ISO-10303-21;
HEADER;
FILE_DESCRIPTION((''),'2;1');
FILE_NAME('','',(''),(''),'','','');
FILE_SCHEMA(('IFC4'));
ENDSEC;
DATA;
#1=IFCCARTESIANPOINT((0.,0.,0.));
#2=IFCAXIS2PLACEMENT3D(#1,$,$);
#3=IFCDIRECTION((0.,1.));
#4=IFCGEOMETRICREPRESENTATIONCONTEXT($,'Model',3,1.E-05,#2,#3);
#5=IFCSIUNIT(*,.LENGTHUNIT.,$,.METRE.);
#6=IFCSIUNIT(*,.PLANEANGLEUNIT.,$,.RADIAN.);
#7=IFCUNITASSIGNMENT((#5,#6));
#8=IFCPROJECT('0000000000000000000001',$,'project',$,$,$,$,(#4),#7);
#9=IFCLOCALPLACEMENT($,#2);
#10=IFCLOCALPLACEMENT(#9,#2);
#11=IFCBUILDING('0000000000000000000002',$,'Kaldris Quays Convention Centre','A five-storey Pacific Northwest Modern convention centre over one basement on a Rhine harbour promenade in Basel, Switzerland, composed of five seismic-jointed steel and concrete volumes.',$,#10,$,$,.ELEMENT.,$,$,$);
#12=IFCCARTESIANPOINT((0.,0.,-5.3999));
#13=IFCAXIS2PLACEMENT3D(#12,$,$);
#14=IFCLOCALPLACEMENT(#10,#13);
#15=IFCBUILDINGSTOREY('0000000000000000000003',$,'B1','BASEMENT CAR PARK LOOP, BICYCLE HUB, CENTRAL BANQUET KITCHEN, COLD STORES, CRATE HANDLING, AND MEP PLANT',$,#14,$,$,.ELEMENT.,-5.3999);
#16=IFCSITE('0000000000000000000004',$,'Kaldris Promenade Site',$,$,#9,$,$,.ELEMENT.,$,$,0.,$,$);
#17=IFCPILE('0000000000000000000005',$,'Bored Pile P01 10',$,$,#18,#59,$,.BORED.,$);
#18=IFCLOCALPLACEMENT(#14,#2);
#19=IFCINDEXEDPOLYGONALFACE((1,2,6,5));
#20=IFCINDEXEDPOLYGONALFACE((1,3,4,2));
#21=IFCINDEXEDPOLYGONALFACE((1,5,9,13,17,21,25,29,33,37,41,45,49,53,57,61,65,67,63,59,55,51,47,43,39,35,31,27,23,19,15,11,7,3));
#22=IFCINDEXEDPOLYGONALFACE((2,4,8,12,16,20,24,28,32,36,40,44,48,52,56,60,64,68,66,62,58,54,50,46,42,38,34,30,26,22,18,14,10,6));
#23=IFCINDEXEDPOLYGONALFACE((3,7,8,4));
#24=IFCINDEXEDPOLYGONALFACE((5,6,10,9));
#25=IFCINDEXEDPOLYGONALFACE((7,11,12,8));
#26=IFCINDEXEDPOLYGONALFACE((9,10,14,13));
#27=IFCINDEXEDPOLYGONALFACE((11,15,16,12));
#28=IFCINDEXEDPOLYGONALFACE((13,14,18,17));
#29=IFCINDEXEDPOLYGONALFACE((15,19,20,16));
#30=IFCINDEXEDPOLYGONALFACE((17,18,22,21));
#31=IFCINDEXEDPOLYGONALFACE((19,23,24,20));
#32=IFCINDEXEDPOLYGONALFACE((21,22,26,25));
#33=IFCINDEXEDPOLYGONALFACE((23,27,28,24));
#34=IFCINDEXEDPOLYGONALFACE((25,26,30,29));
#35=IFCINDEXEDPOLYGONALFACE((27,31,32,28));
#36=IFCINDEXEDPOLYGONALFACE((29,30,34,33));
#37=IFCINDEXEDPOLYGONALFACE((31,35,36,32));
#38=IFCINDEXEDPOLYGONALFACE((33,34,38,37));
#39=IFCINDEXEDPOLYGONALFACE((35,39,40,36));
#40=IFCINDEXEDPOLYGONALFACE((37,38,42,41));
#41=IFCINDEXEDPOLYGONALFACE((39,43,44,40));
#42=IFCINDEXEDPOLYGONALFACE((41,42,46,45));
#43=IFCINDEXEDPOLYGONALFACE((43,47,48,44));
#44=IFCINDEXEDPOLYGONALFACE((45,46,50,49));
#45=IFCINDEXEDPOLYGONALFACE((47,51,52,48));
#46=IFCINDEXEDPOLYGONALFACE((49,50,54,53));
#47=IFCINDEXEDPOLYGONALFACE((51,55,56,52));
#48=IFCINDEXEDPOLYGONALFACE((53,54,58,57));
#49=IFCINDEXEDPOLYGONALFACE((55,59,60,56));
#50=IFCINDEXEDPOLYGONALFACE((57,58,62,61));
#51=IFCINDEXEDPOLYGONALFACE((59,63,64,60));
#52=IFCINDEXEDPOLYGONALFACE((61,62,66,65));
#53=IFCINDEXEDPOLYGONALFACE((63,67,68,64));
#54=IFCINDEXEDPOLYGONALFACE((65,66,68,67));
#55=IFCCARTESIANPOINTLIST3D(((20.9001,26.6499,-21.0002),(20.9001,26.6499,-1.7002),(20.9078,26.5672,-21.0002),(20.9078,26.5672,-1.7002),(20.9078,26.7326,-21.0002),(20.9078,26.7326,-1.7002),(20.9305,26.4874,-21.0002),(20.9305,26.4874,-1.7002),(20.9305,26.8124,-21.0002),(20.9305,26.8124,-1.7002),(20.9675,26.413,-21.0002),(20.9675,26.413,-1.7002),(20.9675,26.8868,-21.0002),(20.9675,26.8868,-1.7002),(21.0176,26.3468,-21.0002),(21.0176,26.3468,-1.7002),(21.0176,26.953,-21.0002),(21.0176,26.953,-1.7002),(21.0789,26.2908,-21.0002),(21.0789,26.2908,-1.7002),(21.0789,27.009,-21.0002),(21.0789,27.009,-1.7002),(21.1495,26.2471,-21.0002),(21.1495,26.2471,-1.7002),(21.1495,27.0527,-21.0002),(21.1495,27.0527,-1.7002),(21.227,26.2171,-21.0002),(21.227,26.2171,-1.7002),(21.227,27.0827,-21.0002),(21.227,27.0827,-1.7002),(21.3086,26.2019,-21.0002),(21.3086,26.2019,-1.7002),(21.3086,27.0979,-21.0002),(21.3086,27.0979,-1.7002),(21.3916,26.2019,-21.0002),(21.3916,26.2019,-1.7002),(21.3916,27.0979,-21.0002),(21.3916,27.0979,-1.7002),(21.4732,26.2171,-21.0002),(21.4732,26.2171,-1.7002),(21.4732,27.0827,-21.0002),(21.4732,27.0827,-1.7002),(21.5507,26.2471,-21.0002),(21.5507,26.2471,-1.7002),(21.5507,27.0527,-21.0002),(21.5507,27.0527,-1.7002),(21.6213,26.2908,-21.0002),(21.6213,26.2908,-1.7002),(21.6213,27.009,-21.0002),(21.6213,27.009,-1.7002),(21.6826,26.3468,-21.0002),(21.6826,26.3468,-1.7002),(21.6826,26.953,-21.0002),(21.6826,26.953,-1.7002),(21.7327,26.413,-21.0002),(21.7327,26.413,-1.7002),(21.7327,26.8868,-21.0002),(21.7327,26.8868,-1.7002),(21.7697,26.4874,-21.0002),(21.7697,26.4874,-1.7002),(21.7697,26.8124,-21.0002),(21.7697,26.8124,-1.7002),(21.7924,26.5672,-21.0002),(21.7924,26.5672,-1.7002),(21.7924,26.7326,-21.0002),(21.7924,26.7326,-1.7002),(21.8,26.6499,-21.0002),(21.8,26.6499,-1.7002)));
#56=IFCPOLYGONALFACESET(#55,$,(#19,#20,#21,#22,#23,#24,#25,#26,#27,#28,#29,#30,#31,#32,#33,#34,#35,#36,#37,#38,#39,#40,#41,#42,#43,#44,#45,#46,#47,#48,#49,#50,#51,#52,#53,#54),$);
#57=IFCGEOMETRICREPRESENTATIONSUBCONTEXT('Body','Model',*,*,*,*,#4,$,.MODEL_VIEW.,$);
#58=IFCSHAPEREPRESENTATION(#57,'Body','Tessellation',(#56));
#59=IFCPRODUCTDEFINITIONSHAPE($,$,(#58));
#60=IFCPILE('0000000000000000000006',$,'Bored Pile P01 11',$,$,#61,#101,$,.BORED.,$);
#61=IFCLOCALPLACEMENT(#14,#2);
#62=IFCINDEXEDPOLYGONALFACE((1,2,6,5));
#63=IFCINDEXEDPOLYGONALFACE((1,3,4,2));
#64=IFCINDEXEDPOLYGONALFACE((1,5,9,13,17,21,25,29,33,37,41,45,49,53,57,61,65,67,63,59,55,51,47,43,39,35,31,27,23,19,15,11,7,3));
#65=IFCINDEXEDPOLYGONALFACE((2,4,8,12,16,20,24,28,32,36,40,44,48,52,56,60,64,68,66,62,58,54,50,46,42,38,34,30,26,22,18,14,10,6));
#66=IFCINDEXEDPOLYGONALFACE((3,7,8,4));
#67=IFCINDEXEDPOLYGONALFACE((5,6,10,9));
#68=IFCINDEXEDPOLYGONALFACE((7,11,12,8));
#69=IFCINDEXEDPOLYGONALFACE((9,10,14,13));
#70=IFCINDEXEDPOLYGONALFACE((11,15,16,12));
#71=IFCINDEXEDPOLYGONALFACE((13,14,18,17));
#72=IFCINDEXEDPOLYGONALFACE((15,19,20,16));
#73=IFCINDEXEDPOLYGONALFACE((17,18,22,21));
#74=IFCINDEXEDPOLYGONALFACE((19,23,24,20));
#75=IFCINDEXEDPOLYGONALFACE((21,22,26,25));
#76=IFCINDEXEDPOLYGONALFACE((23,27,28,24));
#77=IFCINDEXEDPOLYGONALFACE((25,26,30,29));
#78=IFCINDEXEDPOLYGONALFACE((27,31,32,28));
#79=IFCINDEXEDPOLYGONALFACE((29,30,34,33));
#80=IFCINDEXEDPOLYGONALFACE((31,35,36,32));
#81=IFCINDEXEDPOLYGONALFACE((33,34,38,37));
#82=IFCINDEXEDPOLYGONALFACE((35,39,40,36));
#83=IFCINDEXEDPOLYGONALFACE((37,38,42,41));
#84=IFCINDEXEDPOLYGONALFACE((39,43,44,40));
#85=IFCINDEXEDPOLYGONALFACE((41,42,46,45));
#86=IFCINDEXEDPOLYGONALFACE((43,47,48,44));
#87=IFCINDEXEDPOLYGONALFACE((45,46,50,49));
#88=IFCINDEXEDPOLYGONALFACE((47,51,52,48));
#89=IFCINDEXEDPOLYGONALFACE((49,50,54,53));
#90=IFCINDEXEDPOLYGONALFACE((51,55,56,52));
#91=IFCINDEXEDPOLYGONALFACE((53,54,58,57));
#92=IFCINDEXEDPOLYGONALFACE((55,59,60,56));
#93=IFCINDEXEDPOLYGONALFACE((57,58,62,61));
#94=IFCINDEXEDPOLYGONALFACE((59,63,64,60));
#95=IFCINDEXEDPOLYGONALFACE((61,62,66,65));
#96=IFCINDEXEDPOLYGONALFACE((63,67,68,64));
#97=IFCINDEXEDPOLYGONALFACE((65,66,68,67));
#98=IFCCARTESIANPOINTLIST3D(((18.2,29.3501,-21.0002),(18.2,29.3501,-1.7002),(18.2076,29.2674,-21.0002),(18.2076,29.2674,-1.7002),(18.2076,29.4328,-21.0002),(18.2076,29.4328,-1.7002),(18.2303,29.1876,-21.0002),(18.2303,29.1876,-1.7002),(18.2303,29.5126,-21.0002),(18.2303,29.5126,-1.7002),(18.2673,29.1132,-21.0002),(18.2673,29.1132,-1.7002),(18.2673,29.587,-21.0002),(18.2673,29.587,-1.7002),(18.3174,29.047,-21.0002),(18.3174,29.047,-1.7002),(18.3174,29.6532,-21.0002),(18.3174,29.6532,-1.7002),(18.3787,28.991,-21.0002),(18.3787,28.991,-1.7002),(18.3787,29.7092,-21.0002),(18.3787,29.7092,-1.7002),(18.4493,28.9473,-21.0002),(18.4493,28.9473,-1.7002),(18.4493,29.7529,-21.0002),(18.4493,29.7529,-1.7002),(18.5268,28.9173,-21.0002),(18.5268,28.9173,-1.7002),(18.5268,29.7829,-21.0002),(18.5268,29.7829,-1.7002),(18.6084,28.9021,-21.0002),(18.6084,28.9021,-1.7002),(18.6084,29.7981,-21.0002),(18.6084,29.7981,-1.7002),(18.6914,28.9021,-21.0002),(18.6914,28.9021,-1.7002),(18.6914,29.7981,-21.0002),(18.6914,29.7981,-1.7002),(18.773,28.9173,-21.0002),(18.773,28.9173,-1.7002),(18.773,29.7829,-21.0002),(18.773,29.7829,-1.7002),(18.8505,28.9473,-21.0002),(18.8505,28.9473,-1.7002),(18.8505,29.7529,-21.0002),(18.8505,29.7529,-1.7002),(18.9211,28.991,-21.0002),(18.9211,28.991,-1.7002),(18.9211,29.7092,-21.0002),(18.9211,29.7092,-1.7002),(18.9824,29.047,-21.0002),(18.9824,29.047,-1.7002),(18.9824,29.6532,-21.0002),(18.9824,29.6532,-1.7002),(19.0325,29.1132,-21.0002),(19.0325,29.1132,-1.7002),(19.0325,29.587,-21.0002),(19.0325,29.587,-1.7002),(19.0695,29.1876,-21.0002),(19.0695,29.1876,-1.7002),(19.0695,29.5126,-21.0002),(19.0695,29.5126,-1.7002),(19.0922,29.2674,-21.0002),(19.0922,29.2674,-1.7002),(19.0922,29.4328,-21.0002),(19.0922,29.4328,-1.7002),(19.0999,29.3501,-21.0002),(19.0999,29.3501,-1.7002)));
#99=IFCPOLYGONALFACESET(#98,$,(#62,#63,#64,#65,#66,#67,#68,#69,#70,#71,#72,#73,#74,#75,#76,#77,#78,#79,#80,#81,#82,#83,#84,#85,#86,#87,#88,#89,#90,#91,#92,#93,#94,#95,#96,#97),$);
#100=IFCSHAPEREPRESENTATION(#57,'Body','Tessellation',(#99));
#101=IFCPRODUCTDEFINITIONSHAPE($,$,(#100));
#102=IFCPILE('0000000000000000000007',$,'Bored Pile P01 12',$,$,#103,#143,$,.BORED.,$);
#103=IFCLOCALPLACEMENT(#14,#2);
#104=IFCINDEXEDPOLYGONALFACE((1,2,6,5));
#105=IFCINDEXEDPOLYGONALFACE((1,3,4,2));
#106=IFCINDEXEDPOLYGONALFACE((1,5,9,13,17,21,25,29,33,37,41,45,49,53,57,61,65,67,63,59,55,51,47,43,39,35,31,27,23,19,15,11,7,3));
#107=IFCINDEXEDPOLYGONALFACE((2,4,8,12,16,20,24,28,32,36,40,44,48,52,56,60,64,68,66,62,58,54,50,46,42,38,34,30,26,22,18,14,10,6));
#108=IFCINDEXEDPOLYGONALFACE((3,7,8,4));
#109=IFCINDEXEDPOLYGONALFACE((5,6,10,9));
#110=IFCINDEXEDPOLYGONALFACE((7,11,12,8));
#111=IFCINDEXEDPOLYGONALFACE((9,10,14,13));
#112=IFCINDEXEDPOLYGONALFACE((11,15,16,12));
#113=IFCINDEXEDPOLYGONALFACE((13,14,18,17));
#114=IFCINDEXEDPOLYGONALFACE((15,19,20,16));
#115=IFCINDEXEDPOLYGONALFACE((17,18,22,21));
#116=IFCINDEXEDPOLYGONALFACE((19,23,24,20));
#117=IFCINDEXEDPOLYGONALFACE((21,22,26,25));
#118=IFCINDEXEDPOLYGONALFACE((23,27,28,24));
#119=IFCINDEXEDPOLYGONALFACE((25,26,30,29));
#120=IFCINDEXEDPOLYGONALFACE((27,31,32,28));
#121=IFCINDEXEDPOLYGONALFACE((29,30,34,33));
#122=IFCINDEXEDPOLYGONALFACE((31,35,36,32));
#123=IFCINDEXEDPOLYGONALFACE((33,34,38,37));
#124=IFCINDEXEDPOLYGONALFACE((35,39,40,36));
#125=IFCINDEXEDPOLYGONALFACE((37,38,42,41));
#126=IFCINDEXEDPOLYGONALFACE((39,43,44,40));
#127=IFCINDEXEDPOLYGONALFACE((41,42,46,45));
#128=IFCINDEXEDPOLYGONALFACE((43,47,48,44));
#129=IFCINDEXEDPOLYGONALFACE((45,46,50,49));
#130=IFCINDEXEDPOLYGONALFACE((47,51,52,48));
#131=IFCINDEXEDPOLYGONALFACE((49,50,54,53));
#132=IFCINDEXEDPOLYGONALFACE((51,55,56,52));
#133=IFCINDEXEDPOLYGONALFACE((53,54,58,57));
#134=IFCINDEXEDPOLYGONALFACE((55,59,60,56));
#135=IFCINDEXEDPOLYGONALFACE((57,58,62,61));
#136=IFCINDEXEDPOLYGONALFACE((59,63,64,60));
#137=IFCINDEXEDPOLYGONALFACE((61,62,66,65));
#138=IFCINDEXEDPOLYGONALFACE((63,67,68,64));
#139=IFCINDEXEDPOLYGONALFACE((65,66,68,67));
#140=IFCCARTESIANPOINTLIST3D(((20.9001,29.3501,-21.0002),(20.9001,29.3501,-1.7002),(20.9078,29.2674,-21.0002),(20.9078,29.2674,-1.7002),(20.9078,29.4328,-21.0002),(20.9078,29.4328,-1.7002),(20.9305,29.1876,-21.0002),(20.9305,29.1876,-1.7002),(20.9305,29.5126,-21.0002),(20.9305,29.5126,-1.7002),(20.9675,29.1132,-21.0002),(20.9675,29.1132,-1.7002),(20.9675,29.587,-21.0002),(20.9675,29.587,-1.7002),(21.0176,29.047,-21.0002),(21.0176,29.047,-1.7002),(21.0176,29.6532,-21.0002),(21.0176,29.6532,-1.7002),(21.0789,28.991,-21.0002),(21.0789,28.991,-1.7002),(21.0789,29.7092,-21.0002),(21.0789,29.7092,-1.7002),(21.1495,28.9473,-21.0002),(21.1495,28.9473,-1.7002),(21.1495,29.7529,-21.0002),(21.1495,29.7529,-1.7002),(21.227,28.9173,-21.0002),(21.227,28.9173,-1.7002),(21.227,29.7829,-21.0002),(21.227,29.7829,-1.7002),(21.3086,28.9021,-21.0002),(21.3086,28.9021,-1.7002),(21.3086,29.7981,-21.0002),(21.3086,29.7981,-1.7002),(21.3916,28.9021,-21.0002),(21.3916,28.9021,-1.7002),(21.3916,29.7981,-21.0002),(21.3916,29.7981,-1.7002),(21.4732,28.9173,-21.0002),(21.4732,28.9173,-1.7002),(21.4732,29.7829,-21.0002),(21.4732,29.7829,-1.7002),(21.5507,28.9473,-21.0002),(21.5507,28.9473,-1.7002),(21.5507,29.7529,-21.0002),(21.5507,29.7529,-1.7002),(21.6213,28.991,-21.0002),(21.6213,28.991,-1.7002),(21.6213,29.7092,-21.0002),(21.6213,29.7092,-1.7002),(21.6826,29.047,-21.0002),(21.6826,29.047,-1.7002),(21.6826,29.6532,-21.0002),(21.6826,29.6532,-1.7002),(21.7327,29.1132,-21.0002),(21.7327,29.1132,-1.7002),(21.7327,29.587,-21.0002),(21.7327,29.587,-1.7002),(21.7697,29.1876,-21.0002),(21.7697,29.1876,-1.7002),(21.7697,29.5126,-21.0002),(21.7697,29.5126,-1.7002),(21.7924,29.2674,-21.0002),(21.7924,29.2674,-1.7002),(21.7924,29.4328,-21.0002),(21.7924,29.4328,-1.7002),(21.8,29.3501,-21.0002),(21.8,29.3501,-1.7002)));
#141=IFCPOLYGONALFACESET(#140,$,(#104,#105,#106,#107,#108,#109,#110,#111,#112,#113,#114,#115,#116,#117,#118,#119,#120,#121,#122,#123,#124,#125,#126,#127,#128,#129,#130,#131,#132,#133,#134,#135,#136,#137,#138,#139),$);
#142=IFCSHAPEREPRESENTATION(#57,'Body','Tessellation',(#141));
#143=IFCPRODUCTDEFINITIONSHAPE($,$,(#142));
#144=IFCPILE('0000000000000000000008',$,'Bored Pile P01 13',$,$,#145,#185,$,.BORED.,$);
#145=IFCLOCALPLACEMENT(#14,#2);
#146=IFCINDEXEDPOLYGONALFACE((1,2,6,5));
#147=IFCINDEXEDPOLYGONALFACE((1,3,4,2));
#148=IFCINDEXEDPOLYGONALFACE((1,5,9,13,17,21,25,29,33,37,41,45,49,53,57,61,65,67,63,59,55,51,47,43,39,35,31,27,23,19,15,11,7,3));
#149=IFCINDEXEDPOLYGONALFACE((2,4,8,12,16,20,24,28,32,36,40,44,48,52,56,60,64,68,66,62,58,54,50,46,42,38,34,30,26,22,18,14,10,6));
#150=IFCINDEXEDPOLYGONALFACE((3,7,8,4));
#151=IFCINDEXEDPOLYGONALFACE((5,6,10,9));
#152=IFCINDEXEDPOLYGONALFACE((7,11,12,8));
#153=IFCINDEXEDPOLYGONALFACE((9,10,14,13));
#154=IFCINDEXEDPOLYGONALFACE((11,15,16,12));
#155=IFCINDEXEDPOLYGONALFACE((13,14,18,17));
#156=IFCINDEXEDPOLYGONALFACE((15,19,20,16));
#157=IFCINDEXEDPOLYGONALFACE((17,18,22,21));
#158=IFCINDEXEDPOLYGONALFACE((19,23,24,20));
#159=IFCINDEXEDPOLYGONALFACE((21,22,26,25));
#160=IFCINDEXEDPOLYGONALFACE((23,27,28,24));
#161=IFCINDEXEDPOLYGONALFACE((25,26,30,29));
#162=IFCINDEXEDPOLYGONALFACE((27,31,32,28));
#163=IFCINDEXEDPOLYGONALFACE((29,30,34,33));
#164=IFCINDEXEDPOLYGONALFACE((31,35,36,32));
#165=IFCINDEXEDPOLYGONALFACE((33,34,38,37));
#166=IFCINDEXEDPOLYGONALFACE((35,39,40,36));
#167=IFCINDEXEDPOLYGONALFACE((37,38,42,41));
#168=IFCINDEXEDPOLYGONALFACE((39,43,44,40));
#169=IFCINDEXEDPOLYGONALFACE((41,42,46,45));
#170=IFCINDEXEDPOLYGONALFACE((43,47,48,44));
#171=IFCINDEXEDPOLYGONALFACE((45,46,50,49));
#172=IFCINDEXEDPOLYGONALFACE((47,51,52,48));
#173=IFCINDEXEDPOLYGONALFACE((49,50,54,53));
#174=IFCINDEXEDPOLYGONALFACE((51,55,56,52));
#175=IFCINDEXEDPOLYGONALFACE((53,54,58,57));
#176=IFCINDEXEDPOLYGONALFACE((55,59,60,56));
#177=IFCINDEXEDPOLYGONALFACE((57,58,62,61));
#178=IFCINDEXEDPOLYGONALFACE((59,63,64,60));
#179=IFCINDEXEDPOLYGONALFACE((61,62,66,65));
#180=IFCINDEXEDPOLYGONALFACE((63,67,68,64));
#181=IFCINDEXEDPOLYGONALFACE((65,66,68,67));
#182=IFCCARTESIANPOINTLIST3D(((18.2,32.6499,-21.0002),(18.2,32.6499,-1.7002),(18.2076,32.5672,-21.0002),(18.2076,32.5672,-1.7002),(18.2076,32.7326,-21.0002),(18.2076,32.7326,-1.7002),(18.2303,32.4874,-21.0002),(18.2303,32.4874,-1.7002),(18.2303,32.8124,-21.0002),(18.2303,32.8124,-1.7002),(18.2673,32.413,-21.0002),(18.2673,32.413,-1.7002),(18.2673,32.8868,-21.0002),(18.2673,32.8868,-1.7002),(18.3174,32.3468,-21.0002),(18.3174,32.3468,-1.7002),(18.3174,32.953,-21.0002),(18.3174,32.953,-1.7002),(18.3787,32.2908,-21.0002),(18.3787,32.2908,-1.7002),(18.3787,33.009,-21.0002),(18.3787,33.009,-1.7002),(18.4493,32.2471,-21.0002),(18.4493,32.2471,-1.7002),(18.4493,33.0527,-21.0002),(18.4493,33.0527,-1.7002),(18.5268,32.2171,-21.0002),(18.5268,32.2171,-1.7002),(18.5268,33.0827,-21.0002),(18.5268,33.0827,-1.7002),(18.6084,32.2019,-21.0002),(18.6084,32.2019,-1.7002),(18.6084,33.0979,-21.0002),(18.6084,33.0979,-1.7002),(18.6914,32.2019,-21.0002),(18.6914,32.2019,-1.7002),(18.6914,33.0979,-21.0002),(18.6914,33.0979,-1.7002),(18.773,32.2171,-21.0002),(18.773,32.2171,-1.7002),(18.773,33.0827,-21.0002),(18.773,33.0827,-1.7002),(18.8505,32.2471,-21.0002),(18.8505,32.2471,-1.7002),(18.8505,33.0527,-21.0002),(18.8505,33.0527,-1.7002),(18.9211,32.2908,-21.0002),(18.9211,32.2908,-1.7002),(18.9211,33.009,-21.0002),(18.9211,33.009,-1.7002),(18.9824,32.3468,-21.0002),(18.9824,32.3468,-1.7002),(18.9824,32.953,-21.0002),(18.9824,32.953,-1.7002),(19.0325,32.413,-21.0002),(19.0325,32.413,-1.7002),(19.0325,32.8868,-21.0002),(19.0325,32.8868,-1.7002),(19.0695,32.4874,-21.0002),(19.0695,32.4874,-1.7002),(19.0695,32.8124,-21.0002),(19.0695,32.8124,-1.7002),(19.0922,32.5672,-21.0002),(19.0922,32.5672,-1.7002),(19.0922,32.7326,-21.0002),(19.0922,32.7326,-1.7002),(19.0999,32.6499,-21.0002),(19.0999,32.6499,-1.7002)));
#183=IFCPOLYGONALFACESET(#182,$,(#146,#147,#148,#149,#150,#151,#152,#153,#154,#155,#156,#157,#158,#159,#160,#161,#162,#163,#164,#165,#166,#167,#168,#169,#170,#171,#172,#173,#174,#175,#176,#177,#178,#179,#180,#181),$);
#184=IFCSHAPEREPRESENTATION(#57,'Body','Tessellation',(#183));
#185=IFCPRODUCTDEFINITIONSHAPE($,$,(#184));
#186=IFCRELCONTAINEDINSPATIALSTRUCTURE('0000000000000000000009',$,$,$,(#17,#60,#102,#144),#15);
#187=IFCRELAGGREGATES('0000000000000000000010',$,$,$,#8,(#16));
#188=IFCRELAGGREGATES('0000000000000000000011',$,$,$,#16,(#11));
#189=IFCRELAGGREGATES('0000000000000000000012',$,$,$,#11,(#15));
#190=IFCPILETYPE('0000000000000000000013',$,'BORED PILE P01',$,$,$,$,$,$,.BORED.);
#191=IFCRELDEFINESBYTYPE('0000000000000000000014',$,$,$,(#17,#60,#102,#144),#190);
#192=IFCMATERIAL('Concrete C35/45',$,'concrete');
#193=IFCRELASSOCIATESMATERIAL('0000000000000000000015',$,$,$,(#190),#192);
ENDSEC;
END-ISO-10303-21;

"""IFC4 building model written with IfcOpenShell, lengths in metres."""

from ifc_helpers import new_model, si_unit, direction, frame, origin, origin_2d, place, context, subcontext, project, spatial, circle, extrude, material, material_profile, profile_set, type_object, element, save


model = new_model("IFC4")

# Units and contexts
model_context = context("Model", 3, precision=1e-05, world=origin(), true_north=direction((0.0, 1.0)))
body_context = subcontext(model_context, "Body", "Model", "MODEL_VIEW")
ifc_project = project(units=[si_unit("LENGTHUNIT", "METRE"), si_unit("PLANEANGLEUNIT", "RADIAN")], contexts=[model_context])

# Site, building, storey
site_placement = place(None, origin())
site = spatial("IfcSite", under=ifc_project, at=site_placement, Name="Kaldris Promenade Site", CompositionType="ELEMENT", RefElevation=0.0)
building_placement = place(site_placement, origin())
building = spatial("IfcBuilding", under=site, at=building_placement, Name="Kaldris Quays Convention Centre", Description="A five-storey Pacific Northwest Modern convention centre over one basement on a Rhine harbour promenade in Basel, Switzerland, composed of five seismic-jointed steel and concrete volumes.", CompositionType="ELEMENT")
storey_placement = place(building_placement, frame((0.0, 0.0, -5.3999)))
storey = spatial("IfcBuildingStorey", under=building, at=storey_placement, Name="B1", Description="BASEMENT CAR PARK LOOP, BICYCLE HUB, CENTRAL BANQUET KITCHEN, COLD STORES, CRATE HANDLING, AND MEP PLANT", CompositionType="ELEMENT", Elevation=-5.3999)

# Piles
ifc_material_1 = material(Name="Concrete C35/45", Category="concrete")
ifc_material_profile_1 = material_profile(ifc_material_1, circle(Radius=0.45, at=origin_2d()), Name="BORED PILE D900")
ifc_profile_set_1 = profile_set([ifc_material_profile_1], Name="Concrete C35/45")
pile_type = type_object("IfcPileType", Name="BORED PILE P01", PredefinedType="BORED", material=ifc_profile_set_1)
for number, where, z_axis, x_axis, name in (
    (1, (21.3501, 26.6499, -1.7002), (0.0, 0.0, -1.0), (1.0, 0.0, 0.0), "Bored Pile P01 10"),
    (2, (18.6499, 29.3501, -1.7002), (0.0, 0.0, -1.0), (1.0, 0.0, 0.0), "Bored Pile P01 11"),
    (3, (21.3501, 29.3501, -1.7002), (0.0, 0.0, -1.0), (1.0, 0.0, 0.0), "Bored Pile P01 12"),
    (4, (18.6499, 32.6499, -1.7002), (0.0, 0.0, -1.0), (1.0, 0.0, 0.0), "Bored Pile P01 13"),
):
    element("IfcPile", number, at=place(storey_placement, frame(where, z_axis=z_axis, x_axis=x_axis)), inside=storey, type_object=pile_type, Name=name, PredefinedType="BORED", context=body_context, shape_type="SweptSolid", body=[
        extrude(circle(Radius=0.45, at=origin_2d()), origin(), (0.0, 0.0, 1.0), 19.3),
    ])

save(model, "model.ifc")
